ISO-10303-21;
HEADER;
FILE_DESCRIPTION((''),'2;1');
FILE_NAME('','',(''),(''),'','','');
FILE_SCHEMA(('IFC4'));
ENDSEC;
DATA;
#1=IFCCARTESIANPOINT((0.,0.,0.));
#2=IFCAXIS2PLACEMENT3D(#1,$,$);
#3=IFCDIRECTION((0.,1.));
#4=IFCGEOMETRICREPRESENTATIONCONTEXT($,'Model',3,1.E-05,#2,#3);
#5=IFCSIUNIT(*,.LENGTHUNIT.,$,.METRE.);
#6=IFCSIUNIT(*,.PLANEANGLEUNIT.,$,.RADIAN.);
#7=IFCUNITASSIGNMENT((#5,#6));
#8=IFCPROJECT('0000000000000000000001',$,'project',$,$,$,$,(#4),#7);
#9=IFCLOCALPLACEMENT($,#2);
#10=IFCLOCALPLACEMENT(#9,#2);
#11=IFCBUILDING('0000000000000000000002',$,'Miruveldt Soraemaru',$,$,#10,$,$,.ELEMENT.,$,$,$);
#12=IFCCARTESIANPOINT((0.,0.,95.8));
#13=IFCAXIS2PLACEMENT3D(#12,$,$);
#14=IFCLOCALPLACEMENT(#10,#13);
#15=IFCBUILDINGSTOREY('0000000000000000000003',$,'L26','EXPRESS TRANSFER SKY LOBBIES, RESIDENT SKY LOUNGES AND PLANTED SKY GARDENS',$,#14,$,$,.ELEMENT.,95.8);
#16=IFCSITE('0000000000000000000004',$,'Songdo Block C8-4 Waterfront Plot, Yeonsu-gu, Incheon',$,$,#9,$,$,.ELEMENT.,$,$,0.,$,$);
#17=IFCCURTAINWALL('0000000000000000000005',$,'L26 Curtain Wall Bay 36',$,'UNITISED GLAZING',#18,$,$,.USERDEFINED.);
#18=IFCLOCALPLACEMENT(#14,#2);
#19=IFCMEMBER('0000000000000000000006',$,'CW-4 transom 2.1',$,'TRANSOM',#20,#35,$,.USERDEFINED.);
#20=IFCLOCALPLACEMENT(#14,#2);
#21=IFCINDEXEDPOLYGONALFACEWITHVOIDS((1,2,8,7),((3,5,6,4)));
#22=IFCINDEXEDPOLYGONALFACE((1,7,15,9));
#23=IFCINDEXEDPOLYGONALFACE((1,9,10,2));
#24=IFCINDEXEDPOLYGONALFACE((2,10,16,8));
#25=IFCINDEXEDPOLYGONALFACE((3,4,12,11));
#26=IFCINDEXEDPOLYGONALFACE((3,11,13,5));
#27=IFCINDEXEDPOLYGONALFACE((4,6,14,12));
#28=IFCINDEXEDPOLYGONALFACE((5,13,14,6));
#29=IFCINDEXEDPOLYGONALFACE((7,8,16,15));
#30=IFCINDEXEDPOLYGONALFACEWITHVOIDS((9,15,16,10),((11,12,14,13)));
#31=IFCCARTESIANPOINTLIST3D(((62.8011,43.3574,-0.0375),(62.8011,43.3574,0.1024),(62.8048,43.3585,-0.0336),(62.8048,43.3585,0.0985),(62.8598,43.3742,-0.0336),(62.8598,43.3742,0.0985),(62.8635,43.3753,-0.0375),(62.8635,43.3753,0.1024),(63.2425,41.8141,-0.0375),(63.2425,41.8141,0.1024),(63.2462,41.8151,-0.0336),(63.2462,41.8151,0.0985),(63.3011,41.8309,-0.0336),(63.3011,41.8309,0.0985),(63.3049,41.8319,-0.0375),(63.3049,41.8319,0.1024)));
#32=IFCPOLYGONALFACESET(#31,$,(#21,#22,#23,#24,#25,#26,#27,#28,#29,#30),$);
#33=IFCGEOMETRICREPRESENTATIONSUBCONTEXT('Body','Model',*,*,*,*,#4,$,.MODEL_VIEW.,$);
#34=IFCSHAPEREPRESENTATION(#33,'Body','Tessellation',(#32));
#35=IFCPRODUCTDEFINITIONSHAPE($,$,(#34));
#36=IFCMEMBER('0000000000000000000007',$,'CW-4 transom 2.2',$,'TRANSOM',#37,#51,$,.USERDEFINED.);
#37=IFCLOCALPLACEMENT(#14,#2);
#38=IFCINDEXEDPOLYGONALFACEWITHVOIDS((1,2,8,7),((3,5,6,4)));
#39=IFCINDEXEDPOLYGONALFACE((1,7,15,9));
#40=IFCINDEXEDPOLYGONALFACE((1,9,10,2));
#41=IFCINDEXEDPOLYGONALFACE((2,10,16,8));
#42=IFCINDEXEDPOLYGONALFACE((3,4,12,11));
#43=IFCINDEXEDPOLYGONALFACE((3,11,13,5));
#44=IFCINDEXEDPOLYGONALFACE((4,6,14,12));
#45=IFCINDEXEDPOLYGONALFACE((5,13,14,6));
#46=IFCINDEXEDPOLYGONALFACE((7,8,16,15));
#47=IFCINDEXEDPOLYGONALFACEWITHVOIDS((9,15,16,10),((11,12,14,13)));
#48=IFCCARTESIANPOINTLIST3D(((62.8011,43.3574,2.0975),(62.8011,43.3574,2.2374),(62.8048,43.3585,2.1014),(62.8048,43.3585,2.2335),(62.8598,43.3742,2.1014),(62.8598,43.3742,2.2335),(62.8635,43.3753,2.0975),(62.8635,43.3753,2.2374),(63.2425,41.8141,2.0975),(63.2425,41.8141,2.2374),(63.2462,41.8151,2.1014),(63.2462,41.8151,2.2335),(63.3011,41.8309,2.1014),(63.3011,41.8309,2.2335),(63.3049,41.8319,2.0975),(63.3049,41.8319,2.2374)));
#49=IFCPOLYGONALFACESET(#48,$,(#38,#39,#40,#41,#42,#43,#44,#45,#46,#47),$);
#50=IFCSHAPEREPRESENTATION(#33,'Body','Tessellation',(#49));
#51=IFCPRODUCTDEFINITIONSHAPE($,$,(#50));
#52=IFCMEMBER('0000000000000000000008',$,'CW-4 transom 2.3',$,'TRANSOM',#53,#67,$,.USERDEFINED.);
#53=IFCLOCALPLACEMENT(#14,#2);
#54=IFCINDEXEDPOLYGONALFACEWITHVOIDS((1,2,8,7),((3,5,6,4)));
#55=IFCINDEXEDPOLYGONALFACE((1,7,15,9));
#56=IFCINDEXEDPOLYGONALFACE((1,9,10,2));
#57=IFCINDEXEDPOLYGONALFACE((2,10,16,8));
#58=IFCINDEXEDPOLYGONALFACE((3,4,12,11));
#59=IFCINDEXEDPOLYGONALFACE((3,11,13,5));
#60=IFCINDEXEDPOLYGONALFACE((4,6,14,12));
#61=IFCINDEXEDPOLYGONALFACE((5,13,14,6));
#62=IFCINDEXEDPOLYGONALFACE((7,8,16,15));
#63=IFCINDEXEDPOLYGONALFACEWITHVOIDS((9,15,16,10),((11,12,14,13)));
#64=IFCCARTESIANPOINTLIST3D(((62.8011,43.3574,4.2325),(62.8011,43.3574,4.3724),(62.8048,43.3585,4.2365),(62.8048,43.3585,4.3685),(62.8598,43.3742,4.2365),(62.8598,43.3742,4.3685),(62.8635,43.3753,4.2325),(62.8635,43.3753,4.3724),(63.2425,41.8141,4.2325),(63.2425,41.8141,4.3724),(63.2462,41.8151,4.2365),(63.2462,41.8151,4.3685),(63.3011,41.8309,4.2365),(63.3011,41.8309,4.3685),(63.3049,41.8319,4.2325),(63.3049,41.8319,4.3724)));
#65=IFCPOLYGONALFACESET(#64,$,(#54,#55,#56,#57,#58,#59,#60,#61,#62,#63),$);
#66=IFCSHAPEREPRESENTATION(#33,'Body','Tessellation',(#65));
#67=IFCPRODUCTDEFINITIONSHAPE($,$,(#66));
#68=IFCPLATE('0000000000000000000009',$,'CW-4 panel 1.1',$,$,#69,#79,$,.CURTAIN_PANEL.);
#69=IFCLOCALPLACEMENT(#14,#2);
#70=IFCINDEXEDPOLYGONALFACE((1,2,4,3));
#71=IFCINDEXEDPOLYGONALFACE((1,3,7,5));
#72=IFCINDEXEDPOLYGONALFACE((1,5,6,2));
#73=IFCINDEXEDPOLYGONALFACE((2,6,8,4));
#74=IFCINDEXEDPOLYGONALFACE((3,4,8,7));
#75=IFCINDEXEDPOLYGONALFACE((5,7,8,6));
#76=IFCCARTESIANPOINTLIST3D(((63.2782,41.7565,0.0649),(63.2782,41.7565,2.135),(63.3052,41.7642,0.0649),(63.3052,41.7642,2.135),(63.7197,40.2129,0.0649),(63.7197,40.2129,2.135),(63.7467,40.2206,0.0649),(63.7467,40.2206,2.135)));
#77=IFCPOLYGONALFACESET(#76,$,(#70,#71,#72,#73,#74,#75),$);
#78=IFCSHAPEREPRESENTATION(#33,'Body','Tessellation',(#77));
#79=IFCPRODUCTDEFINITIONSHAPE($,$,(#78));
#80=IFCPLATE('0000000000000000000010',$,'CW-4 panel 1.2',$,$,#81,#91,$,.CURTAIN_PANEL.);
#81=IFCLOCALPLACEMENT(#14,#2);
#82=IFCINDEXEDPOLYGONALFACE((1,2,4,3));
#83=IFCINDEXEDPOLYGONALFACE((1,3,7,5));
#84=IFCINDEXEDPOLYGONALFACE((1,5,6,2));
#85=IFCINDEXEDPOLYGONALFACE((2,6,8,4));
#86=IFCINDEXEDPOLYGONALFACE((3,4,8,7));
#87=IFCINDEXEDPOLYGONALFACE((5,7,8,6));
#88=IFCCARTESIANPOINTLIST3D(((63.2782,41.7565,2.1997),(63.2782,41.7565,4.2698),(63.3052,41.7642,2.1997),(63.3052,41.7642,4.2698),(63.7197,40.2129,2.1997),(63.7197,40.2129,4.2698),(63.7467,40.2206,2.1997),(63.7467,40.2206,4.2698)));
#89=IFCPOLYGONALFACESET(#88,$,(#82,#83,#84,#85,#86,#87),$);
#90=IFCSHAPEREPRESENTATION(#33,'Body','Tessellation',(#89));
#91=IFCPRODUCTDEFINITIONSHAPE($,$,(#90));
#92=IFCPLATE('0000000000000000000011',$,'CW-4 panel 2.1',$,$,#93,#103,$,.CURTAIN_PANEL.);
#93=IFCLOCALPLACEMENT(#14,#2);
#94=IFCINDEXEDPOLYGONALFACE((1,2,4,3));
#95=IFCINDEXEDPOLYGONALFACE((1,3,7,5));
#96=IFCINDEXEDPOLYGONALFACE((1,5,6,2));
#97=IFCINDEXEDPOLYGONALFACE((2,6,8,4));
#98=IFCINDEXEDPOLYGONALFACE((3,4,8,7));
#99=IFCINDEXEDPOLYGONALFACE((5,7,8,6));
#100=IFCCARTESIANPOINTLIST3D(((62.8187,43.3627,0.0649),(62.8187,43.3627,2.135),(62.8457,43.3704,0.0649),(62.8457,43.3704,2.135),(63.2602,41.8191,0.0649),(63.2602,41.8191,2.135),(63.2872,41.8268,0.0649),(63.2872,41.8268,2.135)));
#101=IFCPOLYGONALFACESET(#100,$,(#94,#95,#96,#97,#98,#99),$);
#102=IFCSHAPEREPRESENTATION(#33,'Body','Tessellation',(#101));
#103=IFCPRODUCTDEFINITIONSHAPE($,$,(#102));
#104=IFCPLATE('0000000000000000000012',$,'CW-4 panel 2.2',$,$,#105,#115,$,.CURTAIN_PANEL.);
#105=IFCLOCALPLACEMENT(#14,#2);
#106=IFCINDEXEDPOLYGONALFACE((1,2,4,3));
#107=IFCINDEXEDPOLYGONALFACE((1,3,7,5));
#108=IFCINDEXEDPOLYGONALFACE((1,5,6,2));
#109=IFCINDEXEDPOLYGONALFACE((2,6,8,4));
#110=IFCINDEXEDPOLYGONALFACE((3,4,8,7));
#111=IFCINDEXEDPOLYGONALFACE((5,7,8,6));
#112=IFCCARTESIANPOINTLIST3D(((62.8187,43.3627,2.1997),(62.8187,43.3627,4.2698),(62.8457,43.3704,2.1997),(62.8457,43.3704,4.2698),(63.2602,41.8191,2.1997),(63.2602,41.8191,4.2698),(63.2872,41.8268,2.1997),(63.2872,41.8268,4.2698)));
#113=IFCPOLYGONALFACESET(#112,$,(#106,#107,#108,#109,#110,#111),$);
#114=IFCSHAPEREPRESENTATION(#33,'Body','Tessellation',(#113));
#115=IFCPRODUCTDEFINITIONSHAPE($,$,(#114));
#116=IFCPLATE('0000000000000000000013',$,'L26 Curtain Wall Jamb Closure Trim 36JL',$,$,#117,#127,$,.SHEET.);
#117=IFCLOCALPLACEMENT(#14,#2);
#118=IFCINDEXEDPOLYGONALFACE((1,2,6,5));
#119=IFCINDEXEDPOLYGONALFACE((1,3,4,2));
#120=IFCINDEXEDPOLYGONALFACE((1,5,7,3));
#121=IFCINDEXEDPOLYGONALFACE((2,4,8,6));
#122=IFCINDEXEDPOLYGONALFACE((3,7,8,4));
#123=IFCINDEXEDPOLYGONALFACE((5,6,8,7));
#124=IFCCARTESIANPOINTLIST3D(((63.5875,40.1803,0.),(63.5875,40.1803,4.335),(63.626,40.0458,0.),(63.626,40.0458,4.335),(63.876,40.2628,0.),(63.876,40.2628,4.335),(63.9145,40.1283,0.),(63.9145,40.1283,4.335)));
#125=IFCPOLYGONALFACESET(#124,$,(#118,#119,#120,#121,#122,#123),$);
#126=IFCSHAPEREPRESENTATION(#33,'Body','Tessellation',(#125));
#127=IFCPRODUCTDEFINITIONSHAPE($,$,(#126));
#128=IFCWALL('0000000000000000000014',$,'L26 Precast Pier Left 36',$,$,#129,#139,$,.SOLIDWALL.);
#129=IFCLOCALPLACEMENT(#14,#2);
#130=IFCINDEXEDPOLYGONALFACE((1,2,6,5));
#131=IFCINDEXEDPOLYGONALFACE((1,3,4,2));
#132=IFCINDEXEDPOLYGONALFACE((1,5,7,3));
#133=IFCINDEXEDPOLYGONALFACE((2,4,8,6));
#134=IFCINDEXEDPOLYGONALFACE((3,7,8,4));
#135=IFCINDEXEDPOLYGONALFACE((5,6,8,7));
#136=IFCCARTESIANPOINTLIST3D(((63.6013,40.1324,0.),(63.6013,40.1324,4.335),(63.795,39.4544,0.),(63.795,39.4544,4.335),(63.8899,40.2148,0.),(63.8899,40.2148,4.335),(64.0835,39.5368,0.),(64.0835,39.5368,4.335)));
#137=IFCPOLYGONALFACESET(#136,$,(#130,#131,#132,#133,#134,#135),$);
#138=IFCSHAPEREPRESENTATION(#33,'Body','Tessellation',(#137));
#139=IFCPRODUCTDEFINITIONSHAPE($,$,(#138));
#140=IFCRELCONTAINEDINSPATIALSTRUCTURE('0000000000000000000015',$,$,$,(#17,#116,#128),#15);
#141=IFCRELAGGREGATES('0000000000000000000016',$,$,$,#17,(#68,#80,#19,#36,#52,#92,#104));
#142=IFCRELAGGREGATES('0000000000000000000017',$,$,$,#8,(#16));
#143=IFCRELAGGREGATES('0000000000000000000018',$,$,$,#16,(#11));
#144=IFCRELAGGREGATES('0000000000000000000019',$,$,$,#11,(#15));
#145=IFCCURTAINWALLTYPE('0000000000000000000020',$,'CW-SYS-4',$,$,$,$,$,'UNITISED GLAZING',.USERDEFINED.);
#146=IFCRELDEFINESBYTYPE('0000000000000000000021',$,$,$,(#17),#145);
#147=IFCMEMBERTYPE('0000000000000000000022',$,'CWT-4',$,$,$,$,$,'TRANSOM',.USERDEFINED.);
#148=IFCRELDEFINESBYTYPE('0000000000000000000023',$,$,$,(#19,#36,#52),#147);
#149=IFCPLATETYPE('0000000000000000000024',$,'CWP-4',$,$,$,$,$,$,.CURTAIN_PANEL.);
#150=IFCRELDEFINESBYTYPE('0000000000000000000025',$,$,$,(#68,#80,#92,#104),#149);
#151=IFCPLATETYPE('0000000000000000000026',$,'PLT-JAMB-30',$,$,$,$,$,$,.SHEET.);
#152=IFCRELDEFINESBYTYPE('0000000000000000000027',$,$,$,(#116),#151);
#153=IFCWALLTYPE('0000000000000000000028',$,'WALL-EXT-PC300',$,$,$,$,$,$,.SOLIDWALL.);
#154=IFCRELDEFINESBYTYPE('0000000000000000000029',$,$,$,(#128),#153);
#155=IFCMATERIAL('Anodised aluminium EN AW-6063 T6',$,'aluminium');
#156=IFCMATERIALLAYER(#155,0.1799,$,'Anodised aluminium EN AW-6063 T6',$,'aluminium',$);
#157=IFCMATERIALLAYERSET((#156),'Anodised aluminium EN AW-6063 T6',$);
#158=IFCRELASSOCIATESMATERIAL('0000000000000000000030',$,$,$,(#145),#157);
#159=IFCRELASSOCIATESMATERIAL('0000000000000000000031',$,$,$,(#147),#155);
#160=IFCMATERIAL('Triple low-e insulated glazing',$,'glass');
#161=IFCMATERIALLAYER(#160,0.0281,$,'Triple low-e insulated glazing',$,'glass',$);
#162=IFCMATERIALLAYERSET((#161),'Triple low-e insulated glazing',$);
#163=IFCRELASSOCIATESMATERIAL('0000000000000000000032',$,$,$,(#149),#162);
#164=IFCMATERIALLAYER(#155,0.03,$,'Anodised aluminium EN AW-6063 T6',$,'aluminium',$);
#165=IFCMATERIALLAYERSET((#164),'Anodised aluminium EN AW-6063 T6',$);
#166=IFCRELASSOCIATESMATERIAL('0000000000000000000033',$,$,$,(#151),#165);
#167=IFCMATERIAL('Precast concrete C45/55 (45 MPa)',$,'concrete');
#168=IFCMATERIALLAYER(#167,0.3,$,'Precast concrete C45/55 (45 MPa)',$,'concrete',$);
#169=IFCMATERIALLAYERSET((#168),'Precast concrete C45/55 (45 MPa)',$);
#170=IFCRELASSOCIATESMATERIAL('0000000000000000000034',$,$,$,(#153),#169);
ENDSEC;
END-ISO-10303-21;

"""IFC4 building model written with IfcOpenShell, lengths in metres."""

from ifc_helpers import new_model, si_unit, direction, frame, frame_2d, origin, origin_2d, place, context, subcontext, project, spatial, rectangle, hollow_rectangle, extrude, material, layer, layer_set, material_profile, profile_set, type_object, element, aggregate, save


model = new_model("IFC4")

# Units and contexts
model_context = context("Model", 3, precision=1e-05, world=origin(), true_north=direction((0.0, 1.0)))
body_context = subcontext(model_context, "Body", "Model", "MODEL_VIEW")
ifc_project = project(units=[si_unit("LENGTHUNIT", "METRE"), si_unit("PLANEANGLEUNIT", "RADIAN")], contexts=[model_context])

# Site, building, storey
site_placement = place(None, origin())
site = spatial("IfcSite", under=ifc_project, at=site_placement, Name="Songdo Block C8-4 Waterfront Plot, Yeonsu-gu, Incheon", CompositionType="ELEMENT", RefElevation=0.0)
building_placement = place(site_placement, origin())
building = spatial("IfcBuilding", under=site, at=building_placement, Name="Miruveldt Soraemaru", CompositionType="ELEMENT")
storey_placement = place(building_placement, frame((0.0, 0.0, 95.8)))
storey = spatial("IfcBuildingStorey", under=building, at=storey_placement, Name="L26", Description="EXPRESS TRANSFER SKY LOBBIES, RESIDENT SKY LOUNGES AND PLANTED SKY GARDENS", CompositionType="ELEMENT", Elevation=95.8)

# Curtain wall, members, plates
ifc_material_1 = material(Name="Anodised aluminium EN AW-6063 T6", Category="aluminium")
ifc_layer_1 = layer(ifc_material_1, 0.1799, Name="Anodised aluminium EN AW-6063 T6", Category="aluminium")
ifc_layer_set_1 = layer_set([ifc_layer_1], Name="Anodised aluminium EN AW-6063 T6")
curtain_wall_type = type_object("IfcCurtainWallType", Name="CW-SYS-4", ElementType="UNITISED GLAZING", PredefinedType="USERDEFINED", material=ifc_layer_set_1)
curtain_wall_placement = place(storey_placement, origin())
curtain_wall = element("IfcCurtainWall", 1, at=curtain_wall_placement, inside=storey, type_object=curtain_wall_type, Name="L26 Curtain Wall Bay 36", ObjectType="UNITISED GLAZING", PredefinedType="USERDEFINED")
ifc_material_profile_1 = material_profile(ifc_material_1, hollow_rectangle(XDim=0.0649, YDim=0.1399, WallThickness=0.0039, at=origin_2d()), Name="Anodised aluminium EN AW-6063 T6", Category="aluminium")
ifc_profile_set_1 = profile_set([ifc_material_profile_1], Name="Anodised aluminium EN AW-6063 T6")
member_type_1 = type_object("IfcMemberType", Name="CWT-4", ElementType="TRANSOM", PredefinedType="USERDEFINED", material=ifc_profile_set_1)
member_1_placement = place(storey_placement, frame((63.2737, 41.823, 0.0325), z_axis=(-0.274962, 0.961455, 0.0), x_axis=(-0.961455, -0.274962, 0.0)))
member_1 = element("IfcMember", 2, at=member_1_placement, type_object=member_type_1, Name="CW-4 transom 2.1", ObjectType="TRANSOM", PredefinedType="USERDEFINED", context=body_context, shape_type="SweptSolid", body=[
    extrude(hollow_rectangle(XDim=0.0649, YDim=0.1399, WallThickness=0.0039, at=origin_2d()), origin(), (0.0, 0.0, 1.0), 1.6052),
])
member_2_placement = place(storey_placement, frame((63.2737, 41.823, 2.1675), z_axis=(-0.274962, 0.961455, 0.0), x_axis=(-0.961455, -0.274962, 0.0)))
member_2 = element("IfcMember", 3, at=member_2_placement, type_object=member_type_1, Name="CW-4 transom 2.2", ObjectType="TRANSOM", PredefinedType="USERDEFINED", context=body_context, shape_type="SweptSolid", body=[
    extrude(hollow_rectangle(XDim=0.0649, YDim=0.1399, WallThickness=0.0039, at=origin_2d()), origin(), (0.0, 0.0, 1.0), 1.6052),
])
member_3_placement = place(storey_placement, frame((63.2737, 41.823, 4.3025), z_axis=(-0.274962, 0.961455, 0.0), x_axis=(-0.961455, -0.274962, 0.0)))
member_3 = element("IfcMember", 4, at=member_3_placement, type_object=member_type_1, Name="CW-4 transom 2.3", ObjectType="TRANSOM", PredefinedType="USERDEFINED", context=body_context, shape_type="SweptSolid", body=[
    extrude(hollow_rectangle(XDim=0.0649, YDim=0.1399, WallThickness=0.0039, at=origin_2d()), origin(), (0.0, 0.0, 1.0), 1.6052),
])
ifc_material_2 = material(Name="Triple low-e insulated glazing", Category="glass")
ifc_layer_2 = layer(ifc_material_2, 0.0281, Name="Triple low-e insulated glazing", Category="glass")
ifc_layer_set_2 = layer_set([ifc_layer_2], Name="Triple low-e insulated glazing")
plate_type_1 = type_object("IfcPlateType", Name="CWP-4", PredefinedType="CURTAIN_PANEL", material=ifc_layer_set_2)
plate_1_placement = place(storey_placement, frame((63.5125, 40.9885, 0.0649), z_axis=(0.0, 0.0, 1.0), x_axis=(-0.274985, 0.961449, 0.0)))
plate_1 = element("IfcPlate", 5, at=plate_1_placement, type_object=plate_type_1, Name="CW-4 panel 1.1", PredefinedType="CURTAIN_PANEL", context=body_context, shape_type="SweptSolid", body=[
    extrude(rectangle(XDim=1.6055, YDim=0.0281, at=origin_2d()), origin(), (0.0, 0.0, 1.0), 2.0701),
])
plate_2_placement = place(storey_placement, frame((63.5125, 40.9885, 2.1997), z_axis=(0.0, 0.0, 1.0), x_axis=(-0.274985, 0.961449, 0.0)))
plate_2 = element("IfcPlate", 6, at=plate_2_placement, type_object=plate_type_1, Name="CW-4 panel 1.2", PredefinedType="CURTAIN_PANEL", context=body_context, shape_type="SweptSolid", body=[
    extrude(rectangle(XDim=1.6055, YDim=0.0281, at=origin_2d()), origin(), (0.0, 0.0, 1.0), 2.0701),
])
plate_3_placement = place(storey_placement, frame((63.053, 42.5947, 0.0649), z_axis=(0.0, 0.0, 1.0), x_axis=(-0.274985, 0.961449, 0.0)))
plate_3 = element("IfcPlate", 7, at=plate_3_placement, type_object=plate_type_1, Name="CW-4 panel 2.1", PredefinedType="CURTAIN_PANEL", context=body_context, shape_type="SweptSolid", body=[
    extrude(rectangle(XDim=1.6055, YDim=0.0281, at=origin_2d()), origin(), (0.0, 0.0, 1.0), 2.0701),
])
plate_4_placement = place(storey_placement, frame((63.053, 42.5947, 2.1997), z_axis=(0.0, 0.0, 1.0), x_axis=(-0.274985, 0.961449, 0.0)))
plate_4 = element("IfcPlate", 8, at=plate_4_placement, type_object=plate_type_1, Name="CW-4 panel 2.2", PredefinedType="CURTAIN_PANEL", context=body_context, shape_type="SweptSolid", body=[
    extrude(rectangle(XDim=1.6055, YDim=0.0281, at=origin_2d()), origin(), (0.0, 0.0, 1.0), 2.0701),
])
aggregate(curtain_wall, [plate_1, plate_2, member_1, member_2, member_3, plate_3, plate_4])

# Plate
ifc_layer_3 = layer(ifc_material_1, 0.03, Name="Anodised aluminium EN AW-6063 T6", Category="aluminium")
ifc_layer_set_3 = layer_set([ifc_layer_3], Name="Anodised aluminium EN AW-6063 T6")
plate_type_2 = type_object("IfcPlateType", Name="PLT-JAMB-30", PredefinedType="SHEET", material=ifc_layer_set_3)
plate_5_placement = place(storey_placement, frame((63.751, 40.1543, 0.0), z_axis=(0.0, 0.0, 1.0), x_axis=(-0.274983, 0.961449, 0.0)))
element("IfcPlate", 9, at=plate_5_placement, inside=storey, type_object=plate_type_2, Name="L26 Curtain Wall Jamb Closure Trim 36JL", PredefinedType="SHEET", context=body_context, shape_type="SweptSolid", body=[
    extrude(rectangle(XDim=0.1399, YDim=0.3, at=origin_2d()), origin(), (0.0, 0.0, 1.0), 4.335),
])

# Wall
ifc_material_3 = material(Name="Precast concrete C45/55 (45 MPa)", Category="concrete")
ifc_layer_4 = layer(ifc_material_3, 0.3, Name="Precast concrete C45/55 (45 MPa)", Category="concrete")
ifc_layer_set_4 = layer_set([ifc_layer_4], Name="Precast concrete C45/55 (45 MPa)")
wall_type = type_object("IfcWallType", Name="WALL-EXT-PC300", PredefinedType="SOLIDWALL", material=ifc_layer_set_4)
wall_placement = place(storey_placement, frame((63.9392, 39.4956, 0.0), z_axis=(0.0, 0.0, 1.0), x_axis=(-0.274584, 0.961563, 0.0)))
element("IfcWall", 10, at=wall_placement, inside=storey, type_object=wall_type, Name="L26 Precast Pier Left 36", PredefinedType="SOLIDWALL", context=body_context, shape_type="SweptSolid", body=[
    extrude(rectangle(XDim=0.7051, YDim=0.3, at=frame_2d((0.3525, 0.0))), origin(), (0.0, 0.0, 1.0), 4.335),
])

save(model, "model.ifc")
